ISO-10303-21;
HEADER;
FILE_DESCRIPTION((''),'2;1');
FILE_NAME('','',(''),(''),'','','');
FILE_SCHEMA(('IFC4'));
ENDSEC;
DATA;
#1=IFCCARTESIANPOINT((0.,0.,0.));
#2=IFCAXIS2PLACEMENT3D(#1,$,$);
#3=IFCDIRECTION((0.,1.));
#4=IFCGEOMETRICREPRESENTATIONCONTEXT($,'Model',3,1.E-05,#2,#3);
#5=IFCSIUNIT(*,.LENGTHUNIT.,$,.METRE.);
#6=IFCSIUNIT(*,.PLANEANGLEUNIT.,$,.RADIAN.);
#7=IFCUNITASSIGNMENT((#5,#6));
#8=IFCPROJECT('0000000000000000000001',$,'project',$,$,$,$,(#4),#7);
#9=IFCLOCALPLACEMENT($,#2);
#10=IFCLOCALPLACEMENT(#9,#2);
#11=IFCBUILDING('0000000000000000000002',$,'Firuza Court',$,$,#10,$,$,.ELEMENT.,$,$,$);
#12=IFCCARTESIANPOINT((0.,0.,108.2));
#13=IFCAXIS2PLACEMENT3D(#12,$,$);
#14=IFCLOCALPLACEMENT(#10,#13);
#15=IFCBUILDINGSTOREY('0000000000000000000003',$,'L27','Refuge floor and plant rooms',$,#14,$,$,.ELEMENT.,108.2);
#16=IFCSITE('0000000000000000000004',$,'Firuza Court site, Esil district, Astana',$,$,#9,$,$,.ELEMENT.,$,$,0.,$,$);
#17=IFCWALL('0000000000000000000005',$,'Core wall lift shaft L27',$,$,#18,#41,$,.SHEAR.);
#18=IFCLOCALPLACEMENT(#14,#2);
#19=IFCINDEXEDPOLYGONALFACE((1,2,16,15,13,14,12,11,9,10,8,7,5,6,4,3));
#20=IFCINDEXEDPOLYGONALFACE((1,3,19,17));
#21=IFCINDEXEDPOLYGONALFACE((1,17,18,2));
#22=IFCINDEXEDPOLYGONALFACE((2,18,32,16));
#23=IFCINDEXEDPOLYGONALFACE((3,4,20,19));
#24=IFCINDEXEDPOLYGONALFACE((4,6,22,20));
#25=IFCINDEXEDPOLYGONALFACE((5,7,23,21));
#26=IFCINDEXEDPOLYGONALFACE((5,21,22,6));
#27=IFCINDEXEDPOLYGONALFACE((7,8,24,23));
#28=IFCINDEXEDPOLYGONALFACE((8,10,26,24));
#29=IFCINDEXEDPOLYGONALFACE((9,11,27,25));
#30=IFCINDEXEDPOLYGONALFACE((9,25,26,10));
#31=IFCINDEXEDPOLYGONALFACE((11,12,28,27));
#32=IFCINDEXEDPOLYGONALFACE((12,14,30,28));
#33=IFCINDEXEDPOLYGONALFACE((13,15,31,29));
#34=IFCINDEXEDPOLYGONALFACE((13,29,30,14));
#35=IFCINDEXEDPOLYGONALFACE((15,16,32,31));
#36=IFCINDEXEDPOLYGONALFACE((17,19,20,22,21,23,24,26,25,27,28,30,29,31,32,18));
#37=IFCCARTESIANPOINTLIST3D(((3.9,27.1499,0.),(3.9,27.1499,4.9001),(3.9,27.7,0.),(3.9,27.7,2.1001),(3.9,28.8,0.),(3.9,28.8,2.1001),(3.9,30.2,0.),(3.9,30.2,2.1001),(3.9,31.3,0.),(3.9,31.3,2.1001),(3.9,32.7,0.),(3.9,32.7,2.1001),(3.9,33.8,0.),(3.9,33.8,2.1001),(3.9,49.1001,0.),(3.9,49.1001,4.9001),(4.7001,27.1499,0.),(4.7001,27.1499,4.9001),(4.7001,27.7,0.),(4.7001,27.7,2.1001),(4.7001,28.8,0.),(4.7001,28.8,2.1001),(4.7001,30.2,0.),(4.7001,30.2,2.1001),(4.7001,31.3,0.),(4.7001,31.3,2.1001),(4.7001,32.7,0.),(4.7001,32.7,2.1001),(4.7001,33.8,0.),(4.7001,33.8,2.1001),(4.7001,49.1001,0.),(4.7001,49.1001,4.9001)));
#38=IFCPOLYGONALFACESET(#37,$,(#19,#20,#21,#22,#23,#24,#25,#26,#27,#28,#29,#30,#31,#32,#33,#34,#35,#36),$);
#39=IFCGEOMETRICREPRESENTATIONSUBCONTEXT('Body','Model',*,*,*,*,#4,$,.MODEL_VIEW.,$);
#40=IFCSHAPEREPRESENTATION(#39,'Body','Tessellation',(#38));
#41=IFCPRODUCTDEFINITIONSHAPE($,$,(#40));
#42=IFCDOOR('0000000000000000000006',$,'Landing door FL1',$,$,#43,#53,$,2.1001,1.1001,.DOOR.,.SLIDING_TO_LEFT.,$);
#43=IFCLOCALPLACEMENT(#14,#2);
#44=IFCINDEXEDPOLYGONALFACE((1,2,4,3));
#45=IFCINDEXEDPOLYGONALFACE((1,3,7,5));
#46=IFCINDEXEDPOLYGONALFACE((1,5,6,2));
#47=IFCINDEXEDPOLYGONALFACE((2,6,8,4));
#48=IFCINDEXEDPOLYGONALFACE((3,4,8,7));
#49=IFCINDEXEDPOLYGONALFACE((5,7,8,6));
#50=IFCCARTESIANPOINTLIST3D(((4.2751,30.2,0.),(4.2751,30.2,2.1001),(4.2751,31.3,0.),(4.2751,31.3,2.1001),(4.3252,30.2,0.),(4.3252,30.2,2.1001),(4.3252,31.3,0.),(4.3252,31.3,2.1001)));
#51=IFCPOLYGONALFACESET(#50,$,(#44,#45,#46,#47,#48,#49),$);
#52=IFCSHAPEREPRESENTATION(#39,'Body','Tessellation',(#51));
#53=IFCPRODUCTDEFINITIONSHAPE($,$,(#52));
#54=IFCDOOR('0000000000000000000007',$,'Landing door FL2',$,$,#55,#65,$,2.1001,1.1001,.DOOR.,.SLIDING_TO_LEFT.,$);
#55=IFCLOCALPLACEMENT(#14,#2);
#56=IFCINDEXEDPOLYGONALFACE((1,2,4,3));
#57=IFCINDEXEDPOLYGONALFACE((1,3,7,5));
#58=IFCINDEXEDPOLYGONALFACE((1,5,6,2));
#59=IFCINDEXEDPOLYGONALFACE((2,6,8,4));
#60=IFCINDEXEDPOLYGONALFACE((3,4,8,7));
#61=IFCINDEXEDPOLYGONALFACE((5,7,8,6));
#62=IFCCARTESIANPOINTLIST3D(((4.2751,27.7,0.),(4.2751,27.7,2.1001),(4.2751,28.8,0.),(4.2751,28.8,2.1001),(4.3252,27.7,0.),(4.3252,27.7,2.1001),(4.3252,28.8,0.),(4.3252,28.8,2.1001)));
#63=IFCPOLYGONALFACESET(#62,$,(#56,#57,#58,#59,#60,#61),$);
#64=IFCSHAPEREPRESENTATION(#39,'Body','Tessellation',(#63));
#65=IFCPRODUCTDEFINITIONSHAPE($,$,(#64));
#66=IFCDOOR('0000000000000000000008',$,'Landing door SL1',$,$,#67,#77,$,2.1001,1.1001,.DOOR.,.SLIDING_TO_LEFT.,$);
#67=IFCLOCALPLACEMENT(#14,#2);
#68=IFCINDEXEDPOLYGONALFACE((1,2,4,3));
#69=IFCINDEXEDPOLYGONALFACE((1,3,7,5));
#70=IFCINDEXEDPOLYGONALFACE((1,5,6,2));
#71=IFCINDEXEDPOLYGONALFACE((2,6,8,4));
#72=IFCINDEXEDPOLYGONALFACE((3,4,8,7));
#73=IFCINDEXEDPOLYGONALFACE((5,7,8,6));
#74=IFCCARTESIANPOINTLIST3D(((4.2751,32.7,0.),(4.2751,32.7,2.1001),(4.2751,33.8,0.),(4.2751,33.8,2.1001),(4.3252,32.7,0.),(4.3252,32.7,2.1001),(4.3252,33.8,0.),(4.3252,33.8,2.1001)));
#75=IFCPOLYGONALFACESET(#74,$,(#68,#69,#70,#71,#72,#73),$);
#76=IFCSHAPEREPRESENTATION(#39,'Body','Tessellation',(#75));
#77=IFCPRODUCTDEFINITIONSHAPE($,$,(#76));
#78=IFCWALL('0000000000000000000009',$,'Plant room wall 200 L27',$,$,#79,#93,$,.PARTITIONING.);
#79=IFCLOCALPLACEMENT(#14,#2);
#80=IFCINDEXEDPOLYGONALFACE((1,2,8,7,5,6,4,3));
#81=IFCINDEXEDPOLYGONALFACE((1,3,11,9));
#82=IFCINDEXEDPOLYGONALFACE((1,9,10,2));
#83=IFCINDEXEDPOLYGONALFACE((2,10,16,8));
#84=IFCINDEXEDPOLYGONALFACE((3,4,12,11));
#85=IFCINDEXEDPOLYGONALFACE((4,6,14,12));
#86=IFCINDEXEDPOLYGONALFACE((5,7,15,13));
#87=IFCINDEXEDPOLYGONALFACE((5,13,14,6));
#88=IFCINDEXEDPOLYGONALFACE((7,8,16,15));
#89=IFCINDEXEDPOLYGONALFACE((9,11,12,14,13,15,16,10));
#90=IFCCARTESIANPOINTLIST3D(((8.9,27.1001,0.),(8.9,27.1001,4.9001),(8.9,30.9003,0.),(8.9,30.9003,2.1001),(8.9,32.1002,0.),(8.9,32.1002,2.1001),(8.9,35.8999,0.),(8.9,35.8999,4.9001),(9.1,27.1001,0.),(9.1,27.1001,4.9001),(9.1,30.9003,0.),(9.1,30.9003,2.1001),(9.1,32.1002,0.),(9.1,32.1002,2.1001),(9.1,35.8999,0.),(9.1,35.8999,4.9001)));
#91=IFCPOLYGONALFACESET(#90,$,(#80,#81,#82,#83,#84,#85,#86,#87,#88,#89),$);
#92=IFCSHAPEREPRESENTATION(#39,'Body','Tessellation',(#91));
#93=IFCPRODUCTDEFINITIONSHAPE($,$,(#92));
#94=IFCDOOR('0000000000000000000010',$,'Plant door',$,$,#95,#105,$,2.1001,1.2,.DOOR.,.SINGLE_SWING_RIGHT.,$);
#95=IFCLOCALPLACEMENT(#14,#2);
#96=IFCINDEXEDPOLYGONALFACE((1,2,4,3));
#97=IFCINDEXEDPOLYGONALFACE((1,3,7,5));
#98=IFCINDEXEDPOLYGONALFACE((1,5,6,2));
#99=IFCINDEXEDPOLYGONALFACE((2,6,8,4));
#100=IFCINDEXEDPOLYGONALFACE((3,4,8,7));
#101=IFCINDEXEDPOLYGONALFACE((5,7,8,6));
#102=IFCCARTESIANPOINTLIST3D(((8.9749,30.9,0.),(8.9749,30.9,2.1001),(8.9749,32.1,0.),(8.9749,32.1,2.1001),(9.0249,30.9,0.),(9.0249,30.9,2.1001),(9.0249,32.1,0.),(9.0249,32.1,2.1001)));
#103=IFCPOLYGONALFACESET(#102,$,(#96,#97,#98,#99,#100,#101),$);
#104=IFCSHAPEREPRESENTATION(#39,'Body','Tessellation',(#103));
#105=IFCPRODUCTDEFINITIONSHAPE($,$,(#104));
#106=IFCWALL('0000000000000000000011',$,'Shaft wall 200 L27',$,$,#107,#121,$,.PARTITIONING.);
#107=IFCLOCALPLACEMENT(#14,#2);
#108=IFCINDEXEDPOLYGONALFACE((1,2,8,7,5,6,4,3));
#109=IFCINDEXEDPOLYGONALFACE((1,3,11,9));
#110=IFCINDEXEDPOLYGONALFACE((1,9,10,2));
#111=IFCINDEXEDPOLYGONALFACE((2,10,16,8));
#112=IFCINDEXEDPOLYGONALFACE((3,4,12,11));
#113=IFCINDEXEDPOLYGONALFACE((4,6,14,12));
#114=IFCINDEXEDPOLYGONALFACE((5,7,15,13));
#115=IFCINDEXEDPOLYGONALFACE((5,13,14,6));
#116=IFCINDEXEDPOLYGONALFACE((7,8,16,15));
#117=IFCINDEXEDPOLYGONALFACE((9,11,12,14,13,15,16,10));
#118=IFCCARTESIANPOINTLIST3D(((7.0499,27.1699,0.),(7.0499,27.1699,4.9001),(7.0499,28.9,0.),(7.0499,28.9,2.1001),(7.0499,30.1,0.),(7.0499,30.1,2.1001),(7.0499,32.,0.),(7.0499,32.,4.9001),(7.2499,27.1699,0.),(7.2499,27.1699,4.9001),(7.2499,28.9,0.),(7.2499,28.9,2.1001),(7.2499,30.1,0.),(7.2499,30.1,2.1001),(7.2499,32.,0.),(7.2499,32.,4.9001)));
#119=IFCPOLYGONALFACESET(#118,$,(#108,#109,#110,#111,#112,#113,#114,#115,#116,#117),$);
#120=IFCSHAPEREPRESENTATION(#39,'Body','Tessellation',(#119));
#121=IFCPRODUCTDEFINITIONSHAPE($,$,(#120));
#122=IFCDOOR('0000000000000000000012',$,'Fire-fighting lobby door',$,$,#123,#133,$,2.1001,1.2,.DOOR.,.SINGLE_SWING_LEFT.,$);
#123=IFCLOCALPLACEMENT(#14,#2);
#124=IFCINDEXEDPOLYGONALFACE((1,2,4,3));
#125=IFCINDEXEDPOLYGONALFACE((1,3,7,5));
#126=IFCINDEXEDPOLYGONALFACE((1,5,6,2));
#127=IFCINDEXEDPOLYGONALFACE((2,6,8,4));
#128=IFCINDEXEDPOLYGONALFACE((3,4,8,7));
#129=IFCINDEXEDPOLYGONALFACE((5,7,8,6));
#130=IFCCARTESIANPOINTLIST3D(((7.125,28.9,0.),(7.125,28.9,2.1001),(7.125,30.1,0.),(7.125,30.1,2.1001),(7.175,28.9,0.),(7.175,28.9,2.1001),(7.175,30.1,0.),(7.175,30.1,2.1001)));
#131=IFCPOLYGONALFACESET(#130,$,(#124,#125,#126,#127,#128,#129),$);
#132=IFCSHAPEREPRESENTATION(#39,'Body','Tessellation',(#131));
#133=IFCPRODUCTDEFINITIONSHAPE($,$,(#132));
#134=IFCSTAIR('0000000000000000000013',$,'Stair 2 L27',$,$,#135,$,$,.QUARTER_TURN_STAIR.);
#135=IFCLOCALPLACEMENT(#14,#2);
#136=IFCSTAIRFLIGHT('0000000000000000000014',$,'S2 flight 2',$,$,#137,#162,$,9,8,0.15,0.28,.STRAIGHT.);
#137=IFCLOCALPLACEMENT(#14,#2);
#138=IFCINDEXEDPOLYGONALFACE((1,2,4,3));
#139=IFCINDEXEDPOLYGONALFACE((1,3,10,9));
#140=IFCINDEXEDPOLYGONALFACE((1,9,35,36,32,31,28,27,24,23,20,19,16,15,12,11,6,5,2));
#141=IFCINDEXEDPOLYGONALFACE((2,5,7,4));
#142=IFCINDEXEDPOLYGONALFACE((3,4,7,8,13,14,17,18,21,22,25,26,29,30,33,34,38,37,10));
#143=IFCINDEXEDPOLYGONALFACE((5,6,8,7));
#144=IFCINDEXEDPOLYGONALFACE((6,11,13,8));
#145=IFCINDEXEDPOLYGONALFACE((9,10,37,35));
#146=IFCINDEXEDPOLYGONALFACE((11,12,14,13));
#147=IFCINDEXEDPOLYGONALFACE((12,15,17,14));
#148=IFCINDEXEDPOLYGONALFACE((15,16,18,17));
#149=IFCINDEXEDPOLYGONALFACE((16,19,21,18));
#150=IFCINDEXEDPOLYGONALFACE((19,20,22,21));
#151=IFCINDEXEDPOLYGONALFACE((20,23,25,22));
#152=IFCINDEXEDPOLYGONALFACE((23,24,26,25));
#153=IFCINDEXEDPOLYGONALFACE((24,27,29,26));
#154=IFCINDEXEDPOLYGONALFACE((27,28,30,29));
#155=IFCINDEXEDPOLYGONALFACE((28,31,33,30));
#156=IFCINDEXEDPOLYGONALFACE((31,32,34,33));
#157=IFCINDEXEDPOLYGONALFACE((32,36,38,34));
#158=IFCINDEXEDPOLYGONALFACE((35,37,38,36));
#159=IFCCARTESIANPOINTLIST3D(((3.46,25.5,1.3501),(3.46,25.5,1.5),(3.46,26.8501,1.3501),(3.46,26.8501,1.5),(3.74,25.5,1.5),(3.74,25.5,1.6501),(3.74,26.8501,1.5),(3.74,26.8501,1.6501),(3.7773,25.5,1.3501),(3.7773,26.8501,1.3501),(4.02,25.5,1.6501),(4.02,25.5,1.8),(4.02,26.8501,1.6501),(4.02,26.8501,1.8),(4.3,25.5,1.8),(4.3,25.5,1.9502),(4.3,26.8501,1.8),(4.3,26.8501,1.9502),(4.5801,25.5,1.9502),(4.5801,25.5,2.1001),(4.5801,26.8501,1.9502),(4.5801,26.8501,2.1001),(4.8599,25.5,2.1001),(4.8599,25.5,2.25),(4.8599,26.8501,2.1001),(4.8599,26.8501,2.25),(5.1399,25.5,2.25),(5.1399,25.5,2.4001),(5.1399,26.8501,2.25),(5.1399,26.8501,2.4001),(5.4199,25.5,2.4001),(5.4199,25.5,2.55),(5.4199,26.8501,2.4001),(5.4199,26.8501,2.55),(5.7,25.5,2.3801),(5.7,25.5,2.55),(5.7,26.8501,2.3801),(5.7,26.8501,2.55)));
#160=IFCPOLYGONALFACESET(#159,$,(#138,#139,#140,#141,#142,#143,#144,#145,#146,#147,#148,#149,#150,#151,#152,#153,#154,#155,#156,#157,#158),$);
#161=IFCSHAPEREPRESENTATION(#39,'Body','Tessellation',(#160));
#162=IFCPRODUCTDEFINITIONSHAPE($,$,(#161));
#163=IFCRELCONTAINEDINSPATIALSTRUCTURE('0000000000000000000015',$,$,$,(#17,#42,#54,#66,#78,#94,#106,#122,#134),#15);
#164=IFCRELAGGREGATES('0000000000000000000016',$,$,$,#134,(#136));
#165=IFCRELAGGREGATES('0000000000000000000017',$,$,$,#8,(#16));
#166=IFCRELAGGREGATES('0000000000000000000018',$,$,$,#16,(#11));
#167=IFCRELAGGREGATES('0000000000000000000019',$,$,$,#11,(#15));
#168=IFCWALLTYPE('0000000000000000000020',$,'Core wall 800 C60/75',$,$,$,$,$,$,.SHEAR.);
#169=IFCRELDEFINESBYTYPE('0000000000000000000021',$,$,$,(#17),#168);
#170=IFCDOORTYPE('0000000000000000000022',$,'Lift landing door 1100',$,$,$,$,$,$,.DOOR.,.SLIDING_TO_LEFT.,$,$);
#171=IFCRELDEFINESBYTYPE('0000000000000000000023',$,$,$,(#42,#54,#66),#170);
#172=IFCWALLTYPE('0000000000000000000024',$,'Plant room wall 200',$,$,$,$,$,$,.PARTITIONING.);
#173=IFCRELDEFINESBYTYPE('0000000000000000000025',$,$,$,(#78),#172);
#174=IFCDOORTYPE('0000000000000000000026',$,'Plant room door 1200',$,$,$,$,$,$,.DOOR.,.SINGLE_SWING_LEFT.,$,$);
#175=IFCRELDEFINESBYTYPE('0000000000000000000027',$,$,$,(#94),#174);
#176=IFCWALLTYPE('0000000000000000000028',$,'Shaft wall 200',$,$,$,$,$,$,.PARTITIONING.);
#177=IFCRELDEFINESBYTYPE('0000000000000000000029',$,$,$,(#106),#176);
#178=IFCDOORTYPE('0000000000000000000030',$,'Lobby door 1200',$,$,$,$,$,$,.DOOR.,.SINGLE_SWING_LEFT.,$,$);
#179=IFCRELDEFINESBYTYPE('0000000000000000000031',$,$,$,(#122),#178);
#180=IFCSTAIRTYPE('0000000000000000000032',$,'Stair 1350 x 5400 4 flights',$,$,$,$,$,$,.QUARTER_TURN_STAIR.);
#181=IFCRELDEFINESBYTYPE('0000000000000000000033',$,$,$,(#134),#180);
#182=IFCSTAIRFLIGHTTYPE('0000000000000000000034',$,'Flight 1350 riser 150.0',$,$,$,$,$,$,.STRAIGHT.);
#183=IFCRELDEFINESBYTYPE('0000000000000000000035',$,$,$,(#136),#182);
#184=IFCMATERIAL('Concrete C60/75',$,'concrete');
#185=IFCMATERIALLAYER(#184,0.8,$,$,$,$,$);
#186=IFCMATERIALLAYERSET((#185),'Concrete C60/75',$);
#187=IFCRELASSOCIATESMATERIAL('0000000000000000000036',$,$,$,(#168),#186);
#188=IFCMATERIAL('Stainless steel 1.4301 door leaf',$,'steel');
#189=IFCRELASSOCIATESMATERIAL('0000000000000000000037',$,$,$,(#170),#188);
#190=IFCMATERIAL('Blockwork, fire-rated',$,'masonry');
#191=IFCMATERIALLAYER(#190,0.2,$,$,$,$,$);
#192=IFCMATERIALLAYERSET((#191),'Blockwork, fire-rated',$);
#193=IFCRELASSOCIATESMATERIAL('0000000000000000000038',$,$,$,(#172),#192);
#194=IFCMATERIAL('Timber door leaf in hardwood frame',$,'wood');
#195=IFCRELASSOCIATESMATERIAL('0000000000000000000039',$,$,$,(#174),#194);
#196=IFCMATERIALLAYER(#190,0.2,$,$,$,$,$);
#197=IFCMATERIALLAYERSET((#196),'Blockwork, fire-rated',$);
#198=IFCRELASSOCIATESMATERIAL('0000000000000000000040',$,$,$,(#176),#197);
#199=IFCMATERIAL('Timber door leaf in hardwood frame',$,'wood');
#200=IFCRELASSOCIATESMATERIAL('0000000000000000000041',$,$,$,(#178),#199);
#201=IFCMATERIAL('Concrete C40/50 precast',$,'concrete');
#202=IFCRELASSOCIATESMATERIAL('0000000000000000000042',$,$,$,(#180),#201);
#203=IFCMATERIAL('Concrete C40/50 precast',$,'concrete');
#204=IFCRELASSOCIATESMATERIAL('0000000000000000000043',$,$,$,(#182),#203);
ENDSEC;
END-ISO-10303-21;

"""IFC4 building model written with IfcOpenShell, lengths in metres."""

from ifc_helpers import new_model, si_unit, direction, frame, frame_2d, origin, place, context, subcontext, project, spatial, polyline, rectangle, outline, extrude, material, layer, layer_set, type_object, element, fill, aggregate, save


model = new_model("IFC4")

# Units and contexts
model_context = context("Model", 3, precision=1e-05, world=origin(), true_north=direction((0.0, 1.0)))
body_context = subcontext(model_context, "Body", "Model", "MODEL_VIEW")
ifc_project = project(units=[si_unit("LENGTHUNIT", "METRE"), si_unit("PLANEANGLEUNIT", "RADIAN")], contexts=[model_context])

# Site, building, storey
site_placement = place(None, origin())
site = spatial("IfcSite", under=ifc_project, at=site_placement, Name="Firuza Court site, Esil district, Astana", CompositionType="ELEMENT", RefElevation=0.0)
building_placement = place(site_placement, origin())
building = spatial("IfcBuilding", under=site, at=building_placement, Name="Firuza Court", CompositionType="ELEMENT")
storey_placement = place(building_placement, frame((0.0, 0.0, 108.2)))
storey = spatial("IfcBuildingStorey", under=building, at=storey_placement, Name="L27", Description="Refuge floor and plant rooms", CompositionType="ELEMENT", Elevation=108.2)

# Shared definitions
ifc_material_1 = material(Name="Concrete C60/75", Category="concrete")

# Shared definitions
ifc_layer_1 = layer(ifc_material_1, 0.8)
ifc_layer_set_1 = layer_set([ifc_layer_1], Name="Concrete C60/75")
wall_type_1 = type_object("IfcWallType", Name="Core wall 800 C60/75", PredefinedType="SHEAR", material=ifc_layer_set_1)

# Wall, openings, doors
wall_1_placement = place(storey_placement, frame((4.3, 27.1499, 0.0), z_axis=(0.0, 0.0, 1.0), x_axis=(0.0, 1.0, 0.0)))
wall_1 = element("IfcWall", 1, at=wall_1_placement, inside=storey, type_object=wall_type_1, Name="Core wall lift shaft L27", PredefinedType="SHEAR", context=body_context, shape_type="SweptSolid", body=[
    extrude(rectangle(XDim=21.9502, YDim=0.8, at=frame_2d((10.9751, 0.0))), origin(), (0.0, 0.0, 1.0), 4.9001),
])
opening_1_placement = place(wall_1_placement, frame((3.05, 0.0, 0.0)))
opening_1 = element("IfcOpeningElement", 2, at=opening_1_placement, cuts=wall_1, PredefinedType="OPENING", context=body_context, shape_type="SweptSolid", body=[
    extrude(rectangle(XDim=1.1001, YDim=2.1001, at=frame_2d((0.55, 1.05))), frame((0.0, 0.4121, 0.0), z_axis=(0.0, -1.0, 0.0), x_axis=(1.0, 0.0, 0.0)), (0.0, 0.0, 1.0), 0.824),
])
opening_2_placement = place(wall_1_placement, frame((0.55, 0.0, 0.0)))
opening_2 = element("IfcOpeningElement", 3, at=opening_2_placement, cuts=wall_1, PredefinedType="OPENING", context=body_context, shape_type="SweptSolid", body=[
    extrude(rectangle(XDim=1.1001, YDim=2.1001, at=frame_2d((0.55, 1.05))), frame((0.0, 0.4121, 0.0), z_axis=(0.0, -1.0, 0.0), x_axis=(1.0, 0.0, 0.0)), (0.0, 0.0, 1.0), 0.824),
])
opening_3_placement = place(wall_1_placement, frame((5.55, 0.0, 0.0)))
opening_3 = element("IfcOpeningElement", 4, at=opening_3_placement, cuts=wall_1, PredefinedType="OPENING", context=body_context, shape_type="SweptSolid", body=[
    extrude(rectangle(XDim=1.1001, YDim=2.1001, at=frame_2d((0.55, 1.05))), frame((0.0, 0.4121, 0.0), z_axis=(0.0, -1.0, 0.0), x_axis=(1.0, 0.0, 0.0)), (0.0, 0.0, 1.0), 0.824),
])
ifc_material_2 = material(Name="Stainless steel 1.4301 door leaf", Category="steel")
door_type_1 = type_object("IfcDoorType", Name="Lift landing door 1100", OperationType="SLIDING_TO_LEFT", PredefinedType="DOOR", material=ifc_material_2)
door_1_placement = place(opening_1_placement, origin())
door_1 = element("IfcDoor", 5, at=door_1_placement, inside=storey, type_object=door_type_1, Name="Landing door FL1", OperationType="SLIDING_TO_LEFT", OverallHeight=2.1001, OverallWidth=1.1001, PredefinedType="DOOR", context=body_context, shape_type="SweptSolid", body=[
    extrude(rectangle(XDim=1.1001, YDim=2.1001, at=frame_2d((0.55, 1.05))), frame((0.0, 0.0249, 0.0), z_axis=(0.0, -1.0, 0.0), x_axis=(1.0, 0.0, 0.0)), (0.0, 0.0, 1.0), 0.05),
])
fill(opening_1, door_1)
door_2_placement = place(opening_2_placement, origin())
door_2 = element("IfcDoor", 6, at=door_2_placement, inside=storey, type_object=door_type_1, Name="Landing door FL2", OperationType="SLIDING_TO_LEFT", OverallHeight=2.1001, OverallWidth=1.1001, PredefinedType="DOOR", context=body_context, shape_type="SweptSolid", body=[
    extrude(rectangle(XDim=1.1001, YDim=2.1001, at=frame_2d((0.55, 1.05))), frame((0.0, 0.0249, 0.0), z_axis=(0.0, -1.0, 0.0), x_axis=(1.0, 0.0, 0.0)), (0.0, 0.0, 1.0), 0.05),
])
fill(opening_2, door_2)
door_3_placement = place(opening_3_placement, origin())
door_3 = element("IfcDoor", 7, at=door_3_placement, inside=storey, type_object=door_type_1, Name="Landing door SL1", OperationType="SLIDING_TO_LEFT", OverallHeight=2.1001, OverallWidth=1.1001, PredefinedType="DOOR", context=body_context, shape_type="SweptSolid", body=[
    extrude(rectangle(XDim=1.1001, YDim=2.1001, at=frame_2d((0.55, 1.05))), frame((0.0, 0.0249, 0.0), z_axis=(0.0, -1.0, 0.0), x_axis=(1.0, 0.0, 0.0)), (0.0, 0.0, 1.0), 0.05),
])
fill(opening_3, door_3)

# Walls, openings, doors
ifc_material_3 = material(Name="Blockwork, fire-rated", Category="masonry")
ifc_layer_2 = layer(ifc_material_3, 0.2)
ifc_layer_set_2 = layer_set([ifc_layer_2], Name="Blockwork, fire-rated")
wall_type_2 = type_object("IfcWallType", Name="Plant room wall 200", PredefinedType="PARTITIONING", material=ifc_layer_set_2)
wall_2_placement = place(storey_placement, frame((9.0, 27.1001, 0.0), z_axis=(0.0, 0.0, 1.0), x_axis=(0.0, 1.0, 0.0)))
wall_2 = element("IfcWall", 8, at=wall_2_placement, inside=storey, type_object=wall_type_2, Name="Plant room wall 200 L27", PredefinedType="PARTITIONING", context=body_context, shape_type="SweptSolid", body=[
    extrude(rectangle(XDim=8.7998, YDim=0.2, at=frame_2d((4.3999, 0.0))), origin(), (0.0, 0.0, 1.0), 4.9001),
])
opening_4_placement = place(wall_2_placement, frame((3.8, 0.0, 0.0)))
opening_4 = element("IfcOpeningElement", 9, at=opening_4_placement, cuts=wall_2, PredefinedType="OPENING", context=body_context, shape_type="SweptSolid", body=[
    extrude(rectangle(XDim=1.2, YDim=2.1001, at=frame_2d((0.6001, 1.05))), frame((0.0, 0.1118, 0.0), z_axis=(0.0, -1.0, 0.0), x_axis=(1.0, 0.0, 0.0)), (0.0, 0.0, 1.0), 0.2239),
])
ifc_material_4 = material(Name="Timber door leaf in hardwood frame", Category="wood")
door_type_2 = type_object("IfcDoorType", Name="Plant room door 1200", OperationType="SINGLE_SWING_LEFT", PredefinedType="DOOR", material=ifc_material_4)
door_4_placement = place(opening_4_placement, frame((1.2, 0.0, 0.0), z_axis=(0.0, 0.0, 1.0), x_axis=(-1.0, 0.0, 0.0)))
door_4 = element("IfcDoor", 10, at=door_4_placement, inside=storey, type_object=door_type_2, Name="Plant door", OperationType="SINGLE_SWING_RIGHT", OverallHeight=2.1001, OverallWidth=1.2, PredefinedType="DOOR", context=body_context, shape_type="SweptSolid", body=[
    extrude(rectangle(XDim=1.2, YDim=2.1001, at=frame_2d((0.6001, 1.05))), frame((0.0, 0.0249, 0.0), z_axis=(0.0, -1.0, 0.0), x_axis=(1.0, 0.0, 0.0)), (0.0, 0.0, 1.0), 0.05),
])
fill(opening_4, door_4)
ifc_layer_3 = layer(ifc_material_3, 0.2)
ifc_layer_set_3 = layer_set([ifc_layer_3], Name="Blockwork, fire-rated")
wall_type_3 = type_object("IfcWallType", Name="Shaft wall 200", PredefinedType="PARTITIONING", material=ifc_layer_set_3)
wall_3_placement = place(storey_placement, frame((7.1499, 27.1699, 0.0), z_axis=(0.0, 0.0, 1.0), x_axis=(0.0, 1.0, 0.0)))
wall_3 = element("IfcWall", 11, at=wall_3_placement, inside=storey, type_object=wall_type_3, Name="Shaft wall 200 L27", PredefinedType="PARTITIONING", context=body_context, shape_type="SweptSolid", body=[
    extrude(rectangle(XDim=4.8301, YDim=0.2, at=frame_2d((2.415, 0.0))), origin(), (0.0, 0.0, 1.0), 4.9001),
])
opening_5_placement = place(wall_3_placement, frame((1.73, 0.0, 0.0)))
opening_5 = element("IfcOpeningElement", 12, at=opening_5_placement, cuts=wall_3, PredefinedType="OPENING", context=body_context, shape_type="SweptSolid", body=[
    extrude(rectangle(XDim=1.2, YDim=2.1001, at=frame_2d((0.6001, 1.05))), frame((0.0, 0.1118, 0.0), z_axis=(0.0, -1.0, 0.0), x_axis=(1.0, 0.0, 0.0)), (0.0, 0.0, 1.0), 0.2239),
])
ifc_material_5 = material(Name="Timber door leaf in hardwood frame", Category="wood")
door_type_3 = type_object("IfcDoorType", Name="Lobby door 1200", OperationType="SINGLE_SWING_LEFT", PredefinedType="DOOR", material=ifc_material_5)
door_5_placement = place(opening_5_placement, origin())
door_5 = element("IfcDoor", 13, at=door_5_placement, inside=storey, type_object=door_type_3, Name="Fire-fighting lobby door", OperationType="SINGLE_SWING_LEFT", OverallHeight=2.1001, OverallWidth=1.2, PredefinedType="DOOR", context=body_context, shape_type="SweptSolid", body=[
    extrude(rectangle(XDim=1.2, YDim=2.1001, at=frame_2d((0.6001, 1.05))), frame((0.0, 0.0249, 0.0), z_axis=(0.0, -1.0, 0.0), x_axis=(1.0, 0.0, 0.0)), (0.0, 0.0, 1.0), 0.05),
])
fill(opening_5, door_5)

# Stair, stair flight
ifc_material_6 = material(Name="Concrete C40/50 precast", Category="concrete")
stair_type = type_object("IfcStairType", Name="Stair 1350 x 5400 4 flights", PredefinedType="QUARTER_TURN_STAIR", material=ifc_material_6)
stair_placement = place(storey_placement, origin())
stair = element("IfcStair", 14, at=stair_placement, inside=storey, type_object=stair_type, Name="Stair 2 L27", PredefinedType="QUARTER_TURN_STAIR")
ifc_material_7 = material(Name="Concrete C40/50 precast", Category="concrete")
stair_flight_type = type_object("IfcStairFlightType", Name="Flight 1350 riser 150.0", PredefinedType="STRAIGHT", material=ifc_material_7)
stair_flight_1_placement = place(storey_placement, frame((3.46, 26.175, 1.3501), z_axis=(0.0, 0.0, 1.0), x_axis=(1.0, 0.0, 0.0)))
stair_flight_1 = element("IfcStairFlight", 15, at=stair_flight_1_placement, type_object=stair_flight_type, Name="S2 flight 2", NumberOfRisers=9, NumberOfTreads=8, PredefinedType="STRAIGHT", RiserHeight=0.15, TreadLength=0.28, context=body_context, shape_type="SweptSolid", body=[
    extrude(outline(polyline([(0.0, 0.0), (0.0, 0.1499), (0.28, 0.1499), (0.28, 0.3), (0.5601, 0.3), (0.5601, 0.45), (0.8401, 0.45), (0.8401, 0.6001), (1.1201, 0.6001), (1.1201, 0.75), (1.3999, 0.75), (1.3999, 0.8999), (1.6799, 0.8999), (1.6799, 1.05), (1.96, 1.05), (1.96, 1.2), (2.24, 1.2), (2.24, 1.3501), (2.24, 1.03), (0.3174, 0.0), (0.0, 0.0)])), frame((0.0, 0.675, 0.0), z_axis=(0.0, -1.0, 0.0), x_axis=(1.0, 0.0, 0.0)), (0.0, 0.0, 1.0), 1.3501),
])
aggregate(stair, [stair_flight_1])

save(model, "model.ifc")
